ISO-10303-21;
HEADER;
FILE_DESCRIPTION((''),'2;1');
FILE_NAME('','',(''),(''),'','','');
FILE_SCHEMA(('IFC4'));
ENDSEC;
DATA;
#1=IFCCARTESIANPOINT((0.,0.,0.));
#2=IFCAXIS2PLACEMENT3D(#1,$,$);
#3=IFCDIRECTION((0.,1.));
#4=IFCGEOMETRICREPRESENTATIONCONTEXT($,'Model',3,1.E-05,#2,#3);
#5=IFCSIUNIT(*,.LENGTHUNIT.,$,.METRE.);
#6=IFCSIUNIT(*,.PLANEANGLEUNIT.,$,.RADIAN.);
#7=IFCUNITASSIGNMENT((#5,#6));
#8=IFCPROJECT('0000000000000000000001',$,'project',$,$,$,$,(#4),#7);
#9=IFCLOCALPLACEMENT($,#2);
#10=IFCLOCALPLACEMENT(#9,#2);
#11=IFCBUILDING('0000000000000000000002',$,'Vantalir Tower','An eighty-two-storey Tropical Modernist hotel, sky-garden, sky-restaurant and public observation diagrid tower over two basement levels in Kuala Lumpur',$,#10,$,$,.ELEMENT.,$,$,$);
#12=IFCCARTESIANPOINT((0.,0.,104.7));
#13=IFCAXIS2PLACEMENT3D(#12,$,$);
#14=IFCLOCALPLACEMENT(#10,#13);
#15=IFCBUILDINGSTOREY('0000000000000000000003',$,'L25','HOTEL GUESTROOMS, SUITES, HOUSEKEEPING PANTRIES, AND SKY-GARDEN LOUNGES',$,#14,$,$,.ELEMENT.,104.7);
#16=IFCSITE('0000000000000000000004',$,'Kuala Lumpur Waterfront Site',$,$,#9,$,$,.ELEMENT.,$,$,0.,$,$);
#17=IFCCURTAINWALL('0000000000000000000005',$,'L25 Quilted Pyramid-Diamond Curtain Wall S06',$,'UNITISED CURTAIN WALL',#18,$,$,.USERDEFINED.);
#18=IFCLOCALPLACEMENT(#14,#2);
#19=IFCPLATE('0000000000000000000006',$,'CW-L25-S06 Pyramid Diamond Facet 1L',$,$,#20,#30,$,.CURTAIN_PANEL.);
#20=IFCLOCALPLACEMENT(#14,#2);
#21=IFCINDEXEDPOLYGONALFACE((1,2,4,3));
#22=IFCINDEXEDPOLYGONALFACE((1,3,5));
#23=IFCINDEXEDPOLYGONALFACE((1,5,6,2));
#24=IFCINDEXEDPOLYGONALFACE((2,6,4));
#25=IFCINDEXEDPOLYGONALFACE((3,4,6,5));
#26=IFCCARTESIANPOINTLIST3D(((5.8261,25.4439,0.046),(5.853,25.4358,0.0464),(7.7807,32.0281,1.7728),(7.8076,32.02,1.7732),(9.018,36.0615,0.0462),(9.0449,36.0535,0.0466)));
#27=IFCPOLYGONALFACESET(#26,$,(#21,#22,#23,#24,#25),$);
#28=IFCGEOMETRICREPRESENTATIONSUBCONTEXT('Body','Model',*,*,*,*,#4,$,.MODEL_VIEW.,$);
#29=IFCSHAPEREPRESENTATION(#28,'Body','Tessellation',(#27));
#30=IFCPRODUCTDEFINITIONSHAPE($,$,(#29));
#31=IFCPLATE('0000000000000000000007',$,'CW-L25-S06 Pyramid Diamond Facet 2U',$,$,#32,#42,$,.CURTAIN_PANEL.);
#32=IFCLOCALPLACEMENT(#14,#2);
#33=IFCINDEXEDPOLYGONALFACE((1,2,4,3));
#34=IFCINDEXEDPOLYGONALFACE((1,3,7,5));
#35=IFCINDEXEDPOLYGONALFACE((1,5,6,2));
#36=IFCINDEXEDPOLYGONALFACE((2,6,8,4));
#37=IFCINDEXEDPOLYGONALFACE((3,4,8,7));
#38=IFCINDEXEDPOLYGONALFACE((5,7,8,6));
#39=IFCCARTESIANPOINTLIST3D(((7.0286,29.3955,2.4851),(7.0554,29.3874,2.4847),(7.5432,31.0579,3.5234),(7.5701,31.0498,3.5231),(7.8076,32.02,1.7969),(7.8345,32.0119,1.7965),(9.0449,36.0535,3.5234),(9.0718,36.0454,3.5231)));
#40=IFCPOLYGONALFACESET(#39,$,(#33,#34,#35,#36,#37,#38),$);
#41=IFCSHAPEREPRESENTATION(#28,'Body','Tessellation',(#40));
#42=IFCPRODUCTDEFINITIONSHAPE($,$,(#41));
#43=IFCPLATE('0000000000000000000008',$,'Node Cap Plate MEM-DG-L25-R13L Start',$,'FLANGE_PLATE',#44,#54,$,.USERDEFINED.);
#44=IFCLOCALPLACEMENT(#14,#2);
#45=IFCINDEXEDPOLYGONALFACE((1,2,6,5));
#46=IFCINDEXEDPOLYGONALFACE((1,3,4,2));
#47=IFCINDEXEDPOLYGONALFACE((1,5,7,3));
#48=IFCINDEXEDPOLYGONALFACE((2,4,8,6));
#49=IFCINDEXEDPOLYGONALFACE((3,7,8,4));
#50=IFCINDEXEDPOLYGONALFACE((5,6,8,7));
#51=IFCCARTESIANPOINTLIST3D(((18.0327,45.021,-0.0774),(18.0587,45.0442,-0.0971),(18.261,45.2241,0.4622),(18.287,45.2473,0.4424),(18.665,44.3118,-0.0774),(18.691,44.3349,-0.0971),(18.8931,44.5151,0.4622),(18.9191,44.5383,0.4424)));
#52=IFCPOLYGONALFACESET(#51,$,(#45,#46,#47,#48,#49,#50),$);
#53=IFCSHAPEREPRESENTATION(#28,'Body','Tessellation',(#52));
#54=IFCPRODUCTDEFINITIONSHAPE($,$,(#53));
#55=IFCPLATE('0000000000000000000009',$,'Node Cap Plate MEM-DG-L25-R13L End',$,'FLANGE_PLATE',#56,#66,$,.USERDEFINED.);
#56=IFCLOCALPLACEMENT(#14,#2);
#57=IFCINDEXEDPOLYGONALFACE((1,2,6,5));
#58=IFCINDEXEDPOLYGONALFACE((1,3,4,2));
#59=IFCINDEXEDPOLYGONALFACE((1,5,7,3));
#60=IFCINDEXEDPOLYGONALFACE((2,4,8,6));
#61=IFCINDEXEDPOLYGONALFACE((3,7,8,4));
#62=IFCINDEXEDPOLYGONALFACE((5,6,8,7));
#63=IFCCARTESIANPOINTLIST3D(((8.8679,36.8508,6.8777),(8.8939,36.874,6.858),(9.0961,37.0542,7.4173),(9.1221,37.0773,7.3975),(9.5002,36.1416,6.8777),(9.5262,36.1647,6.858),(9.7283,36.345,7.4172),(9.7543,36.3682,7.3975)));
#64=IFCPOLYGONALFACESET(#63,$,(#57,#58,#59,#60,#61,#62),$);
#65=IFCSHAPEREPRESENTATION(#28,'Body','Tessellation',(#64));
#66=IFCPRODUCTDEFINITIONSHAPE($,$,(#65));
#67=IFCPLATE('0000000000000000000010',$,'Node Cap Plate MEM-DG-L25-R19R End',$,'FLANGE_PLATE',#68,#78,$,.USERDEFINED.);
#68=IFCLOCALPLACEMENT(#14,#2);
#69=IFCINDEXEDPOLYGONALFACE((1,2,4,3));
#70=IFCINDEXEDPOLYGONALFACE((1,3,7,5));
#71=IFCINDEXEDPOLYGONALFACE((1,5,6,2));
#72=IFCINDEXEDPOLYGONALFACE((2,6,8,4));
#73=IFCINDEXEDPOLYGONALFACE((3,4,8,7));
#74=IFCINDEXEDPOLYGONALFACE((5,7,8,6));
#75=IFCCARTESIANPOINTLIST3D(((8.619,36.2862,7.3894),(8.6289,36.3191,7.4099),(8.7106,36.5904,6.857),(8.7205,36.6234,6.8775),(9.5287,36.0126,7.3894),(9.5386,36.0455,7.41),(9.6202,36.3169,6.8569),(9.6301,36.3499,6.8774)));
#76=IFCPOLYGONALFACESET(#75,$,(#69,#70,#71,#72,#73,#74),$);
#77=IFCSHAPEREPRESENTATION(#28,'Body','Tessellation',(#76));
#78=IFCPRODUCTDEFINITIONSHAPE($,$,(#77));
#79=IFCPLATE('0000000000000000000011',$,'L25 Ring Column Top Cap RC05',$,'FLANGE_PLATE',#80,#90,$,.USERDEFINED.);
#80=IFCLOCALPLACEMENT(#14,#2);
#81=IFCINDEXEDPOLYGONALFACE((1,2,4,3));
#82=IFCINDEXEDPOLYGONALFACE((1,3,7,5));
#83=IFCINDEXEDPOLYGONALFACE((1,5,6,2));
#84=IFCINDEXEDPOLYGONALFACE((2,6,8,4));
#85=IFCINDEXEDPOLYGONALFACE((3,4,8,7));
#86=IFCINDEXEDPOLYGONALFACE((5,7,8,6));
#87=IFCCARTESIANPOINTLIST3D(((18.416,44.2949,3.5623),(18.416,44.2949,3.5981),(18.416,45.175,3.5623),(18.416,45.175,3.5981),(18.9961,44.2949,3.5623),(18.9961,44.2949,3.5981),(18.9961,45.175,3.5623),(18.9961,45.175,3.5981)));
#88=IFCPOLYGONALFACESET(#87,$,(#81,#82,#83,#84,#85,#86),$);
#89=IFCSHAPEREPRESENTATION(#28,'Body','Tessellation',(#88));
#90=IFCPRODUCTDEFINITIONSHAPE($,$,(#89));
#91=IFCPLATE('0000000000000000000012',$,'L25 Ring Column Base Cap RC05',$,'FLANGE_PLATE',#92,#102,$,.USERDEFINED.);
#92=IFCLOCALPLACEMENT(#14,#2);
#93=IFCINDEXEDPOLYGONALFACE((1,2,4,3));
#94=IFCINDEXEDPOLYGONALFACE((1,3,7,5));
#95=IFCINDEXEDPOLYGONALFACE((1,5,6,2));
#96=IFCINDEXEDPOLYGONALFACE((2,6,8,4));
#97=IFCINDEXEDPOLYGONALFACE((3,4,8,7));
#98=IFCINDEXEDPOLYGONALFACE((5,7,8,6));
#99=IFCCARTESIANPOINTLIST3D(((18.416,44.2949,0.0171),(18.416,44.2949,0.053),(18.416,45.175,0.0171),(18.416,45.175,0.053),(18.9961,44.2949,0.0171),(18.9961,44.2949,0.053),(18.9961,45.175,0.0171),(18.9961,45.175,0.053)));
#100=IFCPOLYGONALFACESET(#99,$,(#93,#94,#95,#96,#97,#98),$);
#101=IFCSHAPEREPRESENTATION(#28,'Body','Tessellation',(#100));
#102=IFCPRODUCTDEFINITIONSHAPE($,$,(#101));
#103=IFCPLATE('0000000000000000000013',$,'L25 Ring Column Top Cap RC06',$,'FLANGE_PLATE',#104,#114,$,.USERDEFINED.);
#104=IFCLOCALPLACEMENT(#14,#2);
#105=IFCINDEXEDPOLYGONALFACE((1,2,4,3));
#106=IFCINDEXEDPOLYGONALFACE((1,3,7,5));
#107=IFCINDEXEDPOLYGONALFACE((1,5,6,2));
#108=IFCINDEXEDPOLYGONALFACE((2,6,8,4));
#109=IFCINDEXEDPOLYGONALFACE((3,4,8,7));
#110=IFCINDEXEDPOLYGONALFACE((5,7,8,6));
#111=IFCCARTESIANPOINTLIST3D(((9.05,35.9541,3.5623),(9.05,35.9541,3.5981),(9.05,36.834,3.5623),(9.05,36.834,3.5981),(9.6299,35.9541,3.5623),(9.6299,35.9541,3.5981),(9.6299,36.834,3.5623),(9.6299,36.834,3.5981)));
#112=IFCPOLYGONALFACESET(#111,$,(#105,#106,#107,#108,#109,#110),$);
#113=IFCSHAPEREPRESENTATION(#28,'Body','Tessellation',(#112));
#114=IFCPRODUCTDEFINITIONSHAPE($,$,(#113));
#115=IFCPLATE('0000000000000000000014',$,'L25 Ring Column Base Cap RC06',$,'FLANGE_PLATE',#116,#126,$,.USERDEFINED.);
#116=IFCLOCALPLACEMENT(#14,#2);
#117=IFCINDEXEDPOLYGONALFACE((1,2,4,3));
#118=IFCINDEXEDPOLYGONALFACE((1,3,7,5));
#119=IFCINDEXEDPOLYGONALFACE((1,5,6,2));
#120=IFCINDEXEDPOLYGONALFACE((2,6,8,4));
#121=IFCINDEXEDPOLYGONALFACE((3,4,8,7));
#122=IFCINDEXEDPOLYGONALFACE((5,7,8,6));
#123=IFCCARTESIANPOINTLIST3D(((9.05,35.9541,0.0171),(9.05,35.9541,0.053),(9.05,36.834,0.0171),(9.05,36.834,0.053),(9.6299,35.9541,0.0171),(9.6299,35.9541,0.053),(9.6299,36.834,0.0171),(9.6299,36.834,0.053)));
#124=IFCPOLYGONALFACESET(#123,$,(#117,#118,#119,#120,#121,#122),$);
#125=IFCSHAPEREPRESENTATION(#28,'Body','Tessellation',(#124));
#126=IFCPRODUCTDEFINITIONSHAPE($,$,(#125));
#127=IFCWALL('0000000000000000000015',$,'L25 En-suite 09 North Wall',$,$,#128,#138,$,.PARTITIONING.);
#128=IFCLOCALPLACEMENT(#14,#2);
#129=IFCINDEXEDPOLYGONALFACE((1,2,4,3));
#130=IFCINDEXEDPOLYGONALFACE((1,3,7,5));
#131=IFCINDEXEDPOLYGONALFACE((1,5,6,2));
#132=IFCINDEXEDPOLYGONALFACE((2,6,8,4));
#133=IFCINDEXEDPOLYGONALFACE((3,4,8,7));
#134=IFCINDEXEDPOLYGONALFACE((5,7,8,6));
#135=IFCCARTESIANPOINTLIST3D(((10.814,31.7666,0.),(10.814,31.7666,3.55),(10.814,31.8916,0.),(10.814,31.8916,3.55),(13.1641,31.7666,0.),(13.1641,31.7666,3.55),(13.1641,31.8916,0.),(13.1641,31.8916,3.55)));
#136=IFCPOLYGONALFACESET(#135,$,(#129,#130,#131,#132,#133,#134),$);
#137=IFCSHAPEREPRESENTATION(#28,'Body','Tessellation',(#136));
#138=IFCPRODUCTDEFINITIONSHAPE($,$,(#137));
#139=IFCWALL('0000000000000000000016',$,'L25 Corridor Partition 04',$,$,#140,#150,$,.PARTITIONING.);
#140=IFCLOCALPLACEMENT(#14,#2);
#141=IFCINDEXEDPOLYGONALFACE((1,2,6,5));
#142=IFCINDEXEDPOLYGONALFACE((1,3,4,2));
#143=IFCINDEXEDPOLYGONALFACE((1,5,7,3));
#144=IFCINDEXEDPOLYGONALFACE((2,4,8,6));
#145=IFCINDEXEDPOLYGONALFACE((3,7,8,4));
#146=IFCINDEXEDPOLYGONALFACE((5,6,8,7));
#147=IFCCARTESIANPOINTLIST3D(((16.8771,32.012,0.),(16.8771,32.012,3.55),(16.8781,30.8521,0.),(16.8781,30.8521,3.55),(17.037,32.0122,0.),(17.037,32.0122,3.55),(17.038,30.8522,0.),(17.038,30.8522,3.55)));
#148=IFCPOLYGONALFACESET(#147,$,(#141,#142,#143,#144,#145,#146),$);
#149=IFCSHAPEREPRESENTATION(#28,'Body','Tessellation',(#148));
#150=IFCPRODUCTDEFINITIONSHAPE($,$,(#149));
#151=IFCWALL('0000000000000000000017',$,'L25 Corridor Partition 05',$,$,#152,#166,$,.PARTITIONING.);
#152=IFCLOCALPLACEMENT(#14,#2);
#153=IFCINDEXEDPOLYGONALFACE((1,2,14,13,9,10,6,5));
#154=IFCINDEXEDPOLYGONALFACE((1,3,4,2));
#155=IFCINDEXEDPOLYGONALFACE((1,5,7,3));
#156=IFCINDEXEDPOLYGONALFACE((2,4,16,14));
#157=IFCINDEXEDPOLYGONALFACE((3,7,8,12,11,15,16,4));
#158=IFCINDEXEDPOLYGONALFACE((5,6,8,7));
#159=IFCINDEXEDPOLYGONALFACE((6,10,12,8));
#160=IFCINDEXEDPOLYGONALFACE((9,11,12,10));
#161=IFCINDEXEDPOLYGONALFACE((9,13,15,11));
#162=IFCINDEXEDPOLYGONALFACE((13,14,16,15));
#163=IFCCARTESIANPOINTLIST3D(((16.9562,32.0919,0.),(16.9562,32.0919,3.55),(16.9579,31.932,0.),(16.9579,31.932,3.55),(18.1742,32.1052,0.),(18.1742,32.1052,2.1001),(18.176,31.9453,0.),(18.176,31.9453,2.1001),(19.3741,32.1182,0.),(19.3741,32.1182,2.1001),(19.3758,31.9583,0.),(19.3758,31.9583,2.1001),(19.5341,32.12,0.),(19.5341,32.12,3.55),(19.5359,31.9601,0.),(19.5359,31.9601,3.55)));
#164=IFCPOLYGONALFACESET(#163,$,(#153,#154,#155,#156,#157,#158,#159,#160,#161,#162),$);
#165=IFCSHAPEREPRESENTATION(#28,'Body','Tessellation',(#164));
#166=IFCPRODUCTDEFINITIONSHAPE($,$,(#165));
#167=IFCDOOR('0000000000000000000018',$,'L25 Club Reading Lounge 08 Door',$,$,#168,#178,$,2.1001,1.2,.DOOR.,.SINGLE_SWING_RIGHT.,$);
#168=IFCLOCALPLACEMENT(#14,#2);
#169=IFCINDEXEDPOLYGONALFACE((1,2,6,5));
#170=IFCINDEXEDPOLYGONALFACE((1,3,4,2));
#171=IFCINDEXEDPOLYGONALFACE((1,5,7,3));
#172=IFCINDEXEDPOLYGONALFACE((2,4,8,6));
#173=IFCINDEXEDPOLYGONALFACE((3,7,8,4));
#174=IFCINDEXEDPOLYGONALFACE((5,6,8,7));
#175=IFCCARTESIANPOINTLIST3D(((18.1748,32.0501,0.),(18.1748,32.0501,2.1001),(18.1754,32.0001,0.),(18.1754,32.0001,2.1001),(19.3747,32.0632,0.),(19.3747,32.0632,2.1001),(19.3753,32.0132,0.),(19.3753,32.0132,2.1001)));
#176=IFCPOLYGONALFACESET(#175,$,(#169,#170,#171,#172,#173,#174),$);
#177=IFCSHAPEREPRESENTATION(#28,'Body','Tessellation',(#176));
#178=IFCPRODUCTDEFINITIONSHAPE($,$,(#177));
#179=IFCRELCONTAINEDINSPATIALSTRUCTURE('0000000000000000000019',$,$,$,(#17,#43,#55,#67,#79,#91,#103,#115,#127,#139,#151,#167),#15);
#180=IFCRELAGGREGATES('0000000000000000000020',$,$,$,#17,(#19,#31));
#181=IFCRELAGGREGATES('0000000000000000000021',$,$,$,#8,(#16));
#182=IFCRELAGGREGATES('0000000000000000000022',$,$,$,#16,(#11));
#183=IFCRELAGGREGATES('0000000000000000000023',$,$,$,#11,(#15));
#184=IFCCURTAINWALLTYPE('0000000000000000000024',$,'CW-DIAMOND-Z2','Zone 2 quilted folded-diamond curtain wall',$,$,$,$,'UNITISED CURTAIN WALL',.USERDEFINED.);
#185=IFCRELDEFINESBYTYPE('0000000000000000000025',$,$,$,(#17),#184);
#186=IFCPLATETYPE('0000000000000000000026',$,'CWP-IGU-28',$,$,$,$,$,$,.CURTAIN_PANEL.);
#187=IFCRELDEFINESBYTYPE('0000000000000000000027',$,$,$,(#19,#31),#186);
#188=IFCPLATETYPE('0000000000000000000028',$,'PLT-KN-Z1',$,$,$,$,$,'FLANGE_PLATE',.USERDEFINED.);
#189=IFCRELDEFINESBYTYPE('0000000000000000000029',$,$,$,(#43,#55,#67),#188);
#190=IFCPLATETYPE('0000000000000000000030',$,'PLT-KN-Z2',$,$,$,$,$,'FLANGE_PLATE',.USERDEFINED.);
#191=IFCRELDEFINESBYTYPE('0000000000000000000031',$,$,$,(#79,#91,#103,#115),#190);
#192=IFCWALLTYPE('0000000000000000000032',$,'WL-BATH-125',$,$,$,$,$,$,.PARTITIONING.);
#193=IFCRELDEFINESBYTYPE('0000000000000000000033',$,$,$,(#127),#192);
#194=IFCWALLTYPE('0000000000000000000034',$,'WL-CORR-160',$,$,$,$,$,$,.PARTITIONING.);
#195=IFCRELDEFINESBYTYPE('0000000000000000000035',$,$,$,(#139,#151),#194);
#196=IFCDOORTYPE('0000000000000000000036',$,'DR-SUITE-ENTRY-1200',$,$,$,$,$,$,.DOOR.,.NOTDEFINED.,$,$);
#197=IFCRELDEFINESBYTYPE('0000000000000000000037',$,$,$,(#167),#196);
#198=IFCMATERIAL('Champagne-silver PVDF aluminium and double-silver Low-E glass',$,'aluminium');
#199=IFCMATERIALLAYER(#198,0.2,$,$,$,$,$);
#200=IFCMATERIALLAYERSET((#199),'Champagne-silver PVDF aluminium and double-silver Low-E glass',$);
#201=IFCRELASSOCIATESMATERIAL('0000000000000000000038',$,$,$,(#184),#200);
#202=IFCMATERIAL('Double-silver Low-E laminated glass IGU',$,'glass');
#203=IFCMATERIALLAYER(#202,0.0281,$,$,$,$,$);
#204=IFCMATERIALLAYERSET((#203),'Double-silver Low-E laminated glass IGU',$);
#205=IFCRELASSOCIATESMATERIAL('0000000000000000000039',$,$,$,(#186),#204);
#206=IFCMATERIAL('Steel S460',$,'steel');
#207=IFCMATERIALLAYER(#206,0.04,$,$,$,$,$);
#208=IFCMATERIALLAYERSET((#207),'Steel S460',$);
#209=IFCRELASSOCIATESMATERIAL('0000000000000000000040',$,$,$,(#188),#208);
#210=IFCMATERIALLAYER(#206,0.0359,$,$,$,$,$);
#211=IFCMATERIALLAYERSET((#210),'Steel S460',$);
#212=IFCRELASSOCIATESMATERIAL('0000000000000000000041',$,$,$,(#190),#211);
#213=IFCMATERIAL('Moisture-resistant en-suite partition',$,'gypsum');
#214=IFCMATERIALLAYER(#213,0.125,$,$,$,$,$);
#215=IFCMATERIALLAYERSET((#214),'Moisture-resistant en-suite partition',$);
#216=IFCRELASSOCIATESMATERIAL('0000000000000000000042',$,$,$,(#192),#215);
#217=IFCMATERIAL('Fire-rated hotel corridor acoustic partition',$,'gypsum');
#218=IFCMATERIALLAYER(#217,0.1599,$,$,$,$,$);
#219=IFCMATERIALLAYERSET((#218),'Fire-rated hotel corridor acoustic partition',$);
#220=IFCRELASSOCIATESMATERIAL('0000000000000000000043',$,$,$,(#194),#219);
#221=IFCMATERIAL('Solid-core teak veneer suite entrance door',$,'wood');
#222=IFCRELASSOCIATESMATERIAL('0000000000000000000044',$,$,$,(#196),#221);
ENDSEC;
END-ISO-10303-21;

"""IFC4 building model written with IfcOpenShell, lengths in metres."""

from ifc_helpers import new_model, si_unit, direction, frame, frame_2d, origin, place, context, subcontext, project, spatial, polyline, rectangle, outline, extrude, material, layer, layer_set, type_object, element, fill, aggregate, save


model = new_model("IFC4")

# Units and contexts
model_context = context("Model", 3, precision=1e-05, world=origin(), true_north=direction((0.0, 1.0)))
body_context = subcontext(model_context, "Body", "Model", "MODEL_VIEW")
ifc_project = project(units=[si_unit("LENGTHUNIT", "METRE"), si_unit("PLANEANGLEUNIT", "RADIAN")], contexts=[model_context])

# Site, building, storey
site_placement = place(None, origin())
site = spatial("IfcSite", under=ifc_project, at=site_placement, Name="Kuala Lumpur Waterfront Site", CompositionType="ELEMENT", RefElevation=0.0)
building_placement = place(site_placement, origin())
building = spatial("IfcBuilding", under=site, at=building_placement, Name="Vantalir Tower", Description="An eighty-two-storey Tropical Modernist hotel, sky-garden, sky-restaurant and public observation diagrid tower over two basement levels in Kuala Lumpur", CompositionType="ELEMENT")
storey_placement = place(building_placement, frame((0.0, 0.0, 104.7)))
storey = spatial("IfcBuildingStorey", under=building, at=storey_placement, Name="L25", Description="HOTEL GUESTROOMS, SUITES, HOUSEKEEPING PANTRIES, AND SKY-GARDEN LOUNGES", CompositionType="ELEMENT", Elevation=104.7)

# Shared definitions
ifc_material_1 = material(Name="Steel S460", Category="steel")

# Shared definitions
ifc_material_2 = material(Name="Champagne-silver PVDF aluminium and double-silver Low-E glass", Category="aluminium")
ifc_layer_1 = layer(ifc_material_2, 0.2)
ifc_layer_set_1 = layer_set([ifc_layer_1], Name="Champagne-silver PVDF aluminium and double-silver Low-E glass")
curtain_wall_type = type_object("IfcCurtainWallType", Name="CW-DIAMOND-Z2", Description="Zone 2 quilted folded-diamond curtain wall", ElementType="UNITISED CURTAIN WALL", PredefinedType="USERDEFINED", material=ifc_layer_set_1)

# Curtain wall
curtain_wall_1_placement = place(storey_placement, origin())
curtain_wall_1 = element("IfcCurtainWall", 1, at=curtain_wall_1_placement, inside=storey, type_object=curtain_wall_type, Name="L25 Quilted Pyramid-Diamond Curtain Wall S06", ObjectType="UNITISED CURTAIN WALL", PredefinedType="USERDEFINED")

# Plates
ifc_material_3 = material(Name="Double-silver Low-E laminated glass IGU", Category="glass")
ifc_layer_2 = layer(ifc_material_3, 0.0281)
ifc_layer_set_2 = layer_set([ifc_layer_2], Name="Double-silver Low-E laminated glass IGU")
plate_type_1 = type_object("IfcPlateType", Name="CWP-IGU-28", PredefinedType="CURTAIN_PANEL", material=ifc_layer_set_2)
plate_1_placement = place(storey_placement, frame((9.0449, 36.0535, 0.0466), z_axis=(0.957572, -0.287866, 0.013735), x_axis=(-0.287893, -0.957662, -0.000022)))
plate_1 = element("IfcPlate", 2, at=plate_1_placement, type_object=plate_type_1, Name="CW-L25-S06 Pyramid Diamond Facet 1L", PredefinedType="CURTAIN_PANEL", context=body_context, shape_type="SweptSolid", body=[
    extrude(outline(polyline([(0.0, 0.0), (11.0871, 0.0), (4.2189, -1.7268), (0.0, 0.0)])), origin(), (0.0, 0.0, -1.0), 0.0281),
])
plate_2_placement = place(storey_placement, frame((9.0449, 36.0535, 3.5234), z_axis=(-0.957575, 0.287854, 0.013769), x_axis=(-0.287881, -0.957666, 0.0)))
plate_2 = element("IfcPlate", 3, at=plate_2_placement, type_object=plate_type_1, Name="CW-L25-S06 Pyramid Diamond Facet 2U", PredefinedType="CURTAIN_PANEL", context=body_context, shape_type="SweptSolid", body=[
    extrude(outline(polyline([(0.0, 0.0), (5.2164, 0.0), (6.9566, -1.0384), (4.2189, -1.7267), (0.0, 0.0)])), origin(), (0.0, 0.0, -1.0), 0.0281),
])
aggregate(curtain_wall_1, [plate_1, plate_2])

# Plates
ifc_layer_3 = layer(ifc_material_1, 0.04)
ifc_layer_set_3 = layer_set([ifc_layer_3], Name="Steel S460")
plate_type_2 = type_object("IfcPlateType", Name="PLT-KN-Z1", ElementType="FLANGE_PLATE", PredefinedType="USERDEFINED", material=ifc_layer_set_3)
plate_3_placement = place(storey_placement, frame((18.0327, 45.021, -0.0774), z_axis=(-0.649505, -0.579065, 0.492775), x_axis=(0.665474, -0.746421, 0.000004)))
element("IfcPlate", 4, at=plate_3_placement, inside=storey, type_object=plate_type_2, Name="Node Cap Plate MEM-DG-L25-R13L Start", ObjectType="FLANGE_PLATE", PredefinedType="USERDEFINED", context=body_context, shape_type="SweptSolid", body=[
    extrude(outline(polyline([(0.0, 0.0), (0.9502, 0.0), (0.9501, 0.6201), (0.0003, 0.6201), (0.0, 0.0)])), origin(), (0.0, 0.0, -1.0), 0.04),
])
plate_4_placement = place(storey_placement, frame((8.8679, 36.8508, 6.8777), z_axis=(-0.649513, -0.578972, 0.492875), x_axis=(0.665425, -0.746464, 0.000041)))
element("IfcPlate", 5, at=plate_4_placement, inside=storey, type_object=plate_type_2, Name="Node Cap Plate MEM-DG-L25-R13L End", ObjectType="FLANGE_PLATE", PredefinedType="USERDEFINED", context=body_context, shape_type="SweptSolid", body=[
    extrude(outline(polyline([(0.0, 0.0), (0.9502, 0.0), (0.9501, 0.6201), (0.0001, 0.6201), (0.0, 0.0)])), origin(), (0.0, 0.0, -1.0), 0.04),
])
plate_5_placement = place(storey_placement, frame((9.6301, 36.3499, 6.8774), z_axis=(0.24729, 0.822313, 0.512493), x_axis=(-0.957644, 0.287954, 0.000054)))
element("IfcPlate", 6, at=plate_5_placement, inside=storey, type_object=plate_type_2, Name="Node Cap Plate MEM-DG-L25-R19R End", ObjectType="FLANGE_PLATE", PredefinedType="USERDEFINED", context=body_context, shape_type="SweptSolid", body=[
    extrude(outline(polyline([(0.0, 0.0), (0.9499, 0.0), (0.95, 0.62), (0.0, 0.6202), (0.0, 0.0)])), origin(), (0.0, 0.0, -1.0), 0.04),
])
ifc_layer_4 = layer(ifc_material_1, 0.0359)
ifc_layer_set_4 = layer_set([ifc_layer_4], Name="Steel S460")
plate_type_3 = type_object("IfcPlateType", Name="PLT-KN-Z2", ElementType="FLANGE_PLATE", PredefinedType="USERDEFINED", material=ifc_layer_set_4)
for number, where, z_axis, x_axis, name in (
    (7, (18.416, 45.175, 3.5981), (0.0, 0.0, 1.0), (0.0, -1.0, 0.0), "L25 Ring Column Top Cap RC05"),
    (8, (18.416, 45.175, 0.053), (0.0, 0.0, 1.0), (0.0, -1.0, 0.0), "L25 Ring Column Base Cap RC05"),
):
    element("IfcPlate", number, at=place(storey_placement, frame(where, z_axis=z_axis, x_axis=x_axis)), inside=storey, type_object=plate_type_3, Name=name, ObjectType="FLANGE_PLATE", PredefinedType="USERDEFINED", context=body_context, shape_type="SweptSolid", body=[
        extrude(outline(polyline([(0.0, 0.0), (0.8801, 0.0), (0.8801, 0.5801), (0.0, 0.5801), (0.0, 0.0)])), origin(), (0.0, 0.0, -1.0), 0.0359),
    ])
for number, where, z_axis, x_axis, name in (
    (9, (9.05, 36.834, 3.5981), (0.0, 0.0, 1.0), (0.0, -1.0, 0.0), "L25 Ring Column Top Cap RC06"),
    (10, (9.05, 36.834, 0.053), (0.0, 0.0, 1.0), (0.0, -1.0, 0.0), "L25 Ring Column Base Cap RC06"),
):
    element("IfcPlate", number, at=place(storey_placement, frame(where, z_axis=z_axis, x_axis=x_axis)), inside=storey, type_object=plate_type_3, Name=name, ObjectType="FLANGE_PLATE", PredefinedType="USERDEFINED", context=body_context, shape_type="SweptSolid", body=[
        extrude(outline(polyline([(0.0, 0.0), (0.8799, 0.0), (0.8799, 0.5798), (0.0, 0.5798), (0.0, 0.0)])), origin(), (0.0, 0.0, -1.0), 0.0359),
    ])

# Walls
ifc_material_4 = material(Name="Moisture-resistant en-suite partition", Category="gypsum")
ifc_layer_5 = layer(ifc_material_4, 0.125)
ifc_layer_set_5 = layer_set([ifc_layer_5], Name="Moisture-resistant en-suite partition")
wall_type_1 = type_object("IfcWallType", Name="WL-BATH-125", PredefinedType="PARTITIONING", material=ifc_layer_set_5)
wall_1_placement = place(storey_placement, frame((10.814, 31.8291, 0.0), z_axis=(0.0, 0.0, 1.0), x_axis=(1.0, 0.0, 0.0)))
element("IfcWall", 11, at=wall_1_placement, inside=storey, type_object=wall_type_1, Name="L25 En-suite 09 North Wall", PredefinedType="PARTITIONING", context=body_context, shape_type="SweptSolid", body=[
    extrude(rectangle(XDim=2.3501, YDim=0.125, at=frame_2d((1.175, 0.0))), origin(), (0.0, 0.0, 1.0), 3.55),
])
ifc_material_5 = material(Name="Fire-rated hotel corridor acoustic partition", Category="gypsum")
ifc_layer_6 = layer(ifc_material_5, 0.1599)
ifc_layer_set_6 = layer_set([ifc_layer_6], Name="Fire-rated hotel corridor acoustic partition")
wall_type_2 = type_object("IfcWallType", Name="WL-CORR-160", PredefinedType="PARTITIONING", material=ifc_layer_set_6)
wall_2_placement = place(storey_placement, frame((16.958, 30.8521, 0.0), z_axis=(0.0, 0.0, 1.0), x_axis=(-0.000842, 1.0, 0.0)))
element("IfcWall", 12, at=wall_2_placement, inside=storey, type_object=wall_type_2, Name="L25 Corridor Partition 04", PredefinedType="PARTITIONING", context=body_context, shape_type="SweptSolid", body=[
    extrude(rectangle(XDim=1.1599, YDim=0.1599, at=frame_2d((0.5801, 0.0))), origin(), (0.0, 0.0, 1.0), 3.55),
])

# Wall, opening, door
wall_3_placement = place(storey_placement, frame((16.957, 32.012, 0.0), z_axis=(0.0, 0.0, 1.0), x_axis=(0.999941, 0.010891, 0.0)))
wall_3 = element("IfcWall", 13, at=wall_3_placement, inside=storey, type_object=wall_type_2, Name="L25 Corridor Partition 05", PredefinedType="PARTITIONING", context=body_context, shape_type="SweptSolid", body=[
    extrude(rectangle(XDim=2.5781, YDim=0.1599, at=frame_2d((1.2891, 0.0))), origin(), (0.0, 0.0, 1.0), 3.55),
])
opening_placement = place(wall_3_placement, frame((1.218, 0.0, 0.0)))
opening = element("IfcOpeningElement", 14, at=opening_placement, cuts=wall_3, PredefinedType="OPENING", context=body_context, shape_type="SweptSolid", body=[
    extrude(rectangle(XDim=1.2, YDim=2.1001, at=frame_2d((0.6001, 1.05))), frame((0.0, 0.0898, 0.0), z_axis=(0.0, -1.0, 0.0), x_axis=(1.0, 0.0, 0.0)), (0.0, 0.0, 1.0), 0.1799),
])
ifc_material_6 = material(Name="Solid-core teak veneer suite entrance door", Category="wood")
door_type = type_object("IfcDoorType", Name="DR-SUITE-ENTRY-1200", OperationType="NOTDEFINED", PredefinedType="DOOR", material=ifc_material_6)
door_placement = place(opening_placement, origin())
door = element("IfcDoor", 15, at=door_placement, inside=storey, type_object=door_type, Name="L25 Club Reading Lounge 08 Door", OperationType="SINGLE_SWING_RIGHT", OverallHeight=2.1001, OverallWidth=1.2, PredefinedType="DOOR", context=body_context, shape_type="SweptSolid", body=[
    extrude(rectangle(XDim=1.2, YDim=2.1001, at=frame_2d((0.6001, 1.05))), frame((0.0, 0.0249, 0.0), z_axis=(0.0, -1.0, 0.0), x_axis=(1.0, 0.0, 0.0)), (0.0, 0.0, 1.0), 0.05),
])
fill(opening, door)

save(model, "model.ifc")
